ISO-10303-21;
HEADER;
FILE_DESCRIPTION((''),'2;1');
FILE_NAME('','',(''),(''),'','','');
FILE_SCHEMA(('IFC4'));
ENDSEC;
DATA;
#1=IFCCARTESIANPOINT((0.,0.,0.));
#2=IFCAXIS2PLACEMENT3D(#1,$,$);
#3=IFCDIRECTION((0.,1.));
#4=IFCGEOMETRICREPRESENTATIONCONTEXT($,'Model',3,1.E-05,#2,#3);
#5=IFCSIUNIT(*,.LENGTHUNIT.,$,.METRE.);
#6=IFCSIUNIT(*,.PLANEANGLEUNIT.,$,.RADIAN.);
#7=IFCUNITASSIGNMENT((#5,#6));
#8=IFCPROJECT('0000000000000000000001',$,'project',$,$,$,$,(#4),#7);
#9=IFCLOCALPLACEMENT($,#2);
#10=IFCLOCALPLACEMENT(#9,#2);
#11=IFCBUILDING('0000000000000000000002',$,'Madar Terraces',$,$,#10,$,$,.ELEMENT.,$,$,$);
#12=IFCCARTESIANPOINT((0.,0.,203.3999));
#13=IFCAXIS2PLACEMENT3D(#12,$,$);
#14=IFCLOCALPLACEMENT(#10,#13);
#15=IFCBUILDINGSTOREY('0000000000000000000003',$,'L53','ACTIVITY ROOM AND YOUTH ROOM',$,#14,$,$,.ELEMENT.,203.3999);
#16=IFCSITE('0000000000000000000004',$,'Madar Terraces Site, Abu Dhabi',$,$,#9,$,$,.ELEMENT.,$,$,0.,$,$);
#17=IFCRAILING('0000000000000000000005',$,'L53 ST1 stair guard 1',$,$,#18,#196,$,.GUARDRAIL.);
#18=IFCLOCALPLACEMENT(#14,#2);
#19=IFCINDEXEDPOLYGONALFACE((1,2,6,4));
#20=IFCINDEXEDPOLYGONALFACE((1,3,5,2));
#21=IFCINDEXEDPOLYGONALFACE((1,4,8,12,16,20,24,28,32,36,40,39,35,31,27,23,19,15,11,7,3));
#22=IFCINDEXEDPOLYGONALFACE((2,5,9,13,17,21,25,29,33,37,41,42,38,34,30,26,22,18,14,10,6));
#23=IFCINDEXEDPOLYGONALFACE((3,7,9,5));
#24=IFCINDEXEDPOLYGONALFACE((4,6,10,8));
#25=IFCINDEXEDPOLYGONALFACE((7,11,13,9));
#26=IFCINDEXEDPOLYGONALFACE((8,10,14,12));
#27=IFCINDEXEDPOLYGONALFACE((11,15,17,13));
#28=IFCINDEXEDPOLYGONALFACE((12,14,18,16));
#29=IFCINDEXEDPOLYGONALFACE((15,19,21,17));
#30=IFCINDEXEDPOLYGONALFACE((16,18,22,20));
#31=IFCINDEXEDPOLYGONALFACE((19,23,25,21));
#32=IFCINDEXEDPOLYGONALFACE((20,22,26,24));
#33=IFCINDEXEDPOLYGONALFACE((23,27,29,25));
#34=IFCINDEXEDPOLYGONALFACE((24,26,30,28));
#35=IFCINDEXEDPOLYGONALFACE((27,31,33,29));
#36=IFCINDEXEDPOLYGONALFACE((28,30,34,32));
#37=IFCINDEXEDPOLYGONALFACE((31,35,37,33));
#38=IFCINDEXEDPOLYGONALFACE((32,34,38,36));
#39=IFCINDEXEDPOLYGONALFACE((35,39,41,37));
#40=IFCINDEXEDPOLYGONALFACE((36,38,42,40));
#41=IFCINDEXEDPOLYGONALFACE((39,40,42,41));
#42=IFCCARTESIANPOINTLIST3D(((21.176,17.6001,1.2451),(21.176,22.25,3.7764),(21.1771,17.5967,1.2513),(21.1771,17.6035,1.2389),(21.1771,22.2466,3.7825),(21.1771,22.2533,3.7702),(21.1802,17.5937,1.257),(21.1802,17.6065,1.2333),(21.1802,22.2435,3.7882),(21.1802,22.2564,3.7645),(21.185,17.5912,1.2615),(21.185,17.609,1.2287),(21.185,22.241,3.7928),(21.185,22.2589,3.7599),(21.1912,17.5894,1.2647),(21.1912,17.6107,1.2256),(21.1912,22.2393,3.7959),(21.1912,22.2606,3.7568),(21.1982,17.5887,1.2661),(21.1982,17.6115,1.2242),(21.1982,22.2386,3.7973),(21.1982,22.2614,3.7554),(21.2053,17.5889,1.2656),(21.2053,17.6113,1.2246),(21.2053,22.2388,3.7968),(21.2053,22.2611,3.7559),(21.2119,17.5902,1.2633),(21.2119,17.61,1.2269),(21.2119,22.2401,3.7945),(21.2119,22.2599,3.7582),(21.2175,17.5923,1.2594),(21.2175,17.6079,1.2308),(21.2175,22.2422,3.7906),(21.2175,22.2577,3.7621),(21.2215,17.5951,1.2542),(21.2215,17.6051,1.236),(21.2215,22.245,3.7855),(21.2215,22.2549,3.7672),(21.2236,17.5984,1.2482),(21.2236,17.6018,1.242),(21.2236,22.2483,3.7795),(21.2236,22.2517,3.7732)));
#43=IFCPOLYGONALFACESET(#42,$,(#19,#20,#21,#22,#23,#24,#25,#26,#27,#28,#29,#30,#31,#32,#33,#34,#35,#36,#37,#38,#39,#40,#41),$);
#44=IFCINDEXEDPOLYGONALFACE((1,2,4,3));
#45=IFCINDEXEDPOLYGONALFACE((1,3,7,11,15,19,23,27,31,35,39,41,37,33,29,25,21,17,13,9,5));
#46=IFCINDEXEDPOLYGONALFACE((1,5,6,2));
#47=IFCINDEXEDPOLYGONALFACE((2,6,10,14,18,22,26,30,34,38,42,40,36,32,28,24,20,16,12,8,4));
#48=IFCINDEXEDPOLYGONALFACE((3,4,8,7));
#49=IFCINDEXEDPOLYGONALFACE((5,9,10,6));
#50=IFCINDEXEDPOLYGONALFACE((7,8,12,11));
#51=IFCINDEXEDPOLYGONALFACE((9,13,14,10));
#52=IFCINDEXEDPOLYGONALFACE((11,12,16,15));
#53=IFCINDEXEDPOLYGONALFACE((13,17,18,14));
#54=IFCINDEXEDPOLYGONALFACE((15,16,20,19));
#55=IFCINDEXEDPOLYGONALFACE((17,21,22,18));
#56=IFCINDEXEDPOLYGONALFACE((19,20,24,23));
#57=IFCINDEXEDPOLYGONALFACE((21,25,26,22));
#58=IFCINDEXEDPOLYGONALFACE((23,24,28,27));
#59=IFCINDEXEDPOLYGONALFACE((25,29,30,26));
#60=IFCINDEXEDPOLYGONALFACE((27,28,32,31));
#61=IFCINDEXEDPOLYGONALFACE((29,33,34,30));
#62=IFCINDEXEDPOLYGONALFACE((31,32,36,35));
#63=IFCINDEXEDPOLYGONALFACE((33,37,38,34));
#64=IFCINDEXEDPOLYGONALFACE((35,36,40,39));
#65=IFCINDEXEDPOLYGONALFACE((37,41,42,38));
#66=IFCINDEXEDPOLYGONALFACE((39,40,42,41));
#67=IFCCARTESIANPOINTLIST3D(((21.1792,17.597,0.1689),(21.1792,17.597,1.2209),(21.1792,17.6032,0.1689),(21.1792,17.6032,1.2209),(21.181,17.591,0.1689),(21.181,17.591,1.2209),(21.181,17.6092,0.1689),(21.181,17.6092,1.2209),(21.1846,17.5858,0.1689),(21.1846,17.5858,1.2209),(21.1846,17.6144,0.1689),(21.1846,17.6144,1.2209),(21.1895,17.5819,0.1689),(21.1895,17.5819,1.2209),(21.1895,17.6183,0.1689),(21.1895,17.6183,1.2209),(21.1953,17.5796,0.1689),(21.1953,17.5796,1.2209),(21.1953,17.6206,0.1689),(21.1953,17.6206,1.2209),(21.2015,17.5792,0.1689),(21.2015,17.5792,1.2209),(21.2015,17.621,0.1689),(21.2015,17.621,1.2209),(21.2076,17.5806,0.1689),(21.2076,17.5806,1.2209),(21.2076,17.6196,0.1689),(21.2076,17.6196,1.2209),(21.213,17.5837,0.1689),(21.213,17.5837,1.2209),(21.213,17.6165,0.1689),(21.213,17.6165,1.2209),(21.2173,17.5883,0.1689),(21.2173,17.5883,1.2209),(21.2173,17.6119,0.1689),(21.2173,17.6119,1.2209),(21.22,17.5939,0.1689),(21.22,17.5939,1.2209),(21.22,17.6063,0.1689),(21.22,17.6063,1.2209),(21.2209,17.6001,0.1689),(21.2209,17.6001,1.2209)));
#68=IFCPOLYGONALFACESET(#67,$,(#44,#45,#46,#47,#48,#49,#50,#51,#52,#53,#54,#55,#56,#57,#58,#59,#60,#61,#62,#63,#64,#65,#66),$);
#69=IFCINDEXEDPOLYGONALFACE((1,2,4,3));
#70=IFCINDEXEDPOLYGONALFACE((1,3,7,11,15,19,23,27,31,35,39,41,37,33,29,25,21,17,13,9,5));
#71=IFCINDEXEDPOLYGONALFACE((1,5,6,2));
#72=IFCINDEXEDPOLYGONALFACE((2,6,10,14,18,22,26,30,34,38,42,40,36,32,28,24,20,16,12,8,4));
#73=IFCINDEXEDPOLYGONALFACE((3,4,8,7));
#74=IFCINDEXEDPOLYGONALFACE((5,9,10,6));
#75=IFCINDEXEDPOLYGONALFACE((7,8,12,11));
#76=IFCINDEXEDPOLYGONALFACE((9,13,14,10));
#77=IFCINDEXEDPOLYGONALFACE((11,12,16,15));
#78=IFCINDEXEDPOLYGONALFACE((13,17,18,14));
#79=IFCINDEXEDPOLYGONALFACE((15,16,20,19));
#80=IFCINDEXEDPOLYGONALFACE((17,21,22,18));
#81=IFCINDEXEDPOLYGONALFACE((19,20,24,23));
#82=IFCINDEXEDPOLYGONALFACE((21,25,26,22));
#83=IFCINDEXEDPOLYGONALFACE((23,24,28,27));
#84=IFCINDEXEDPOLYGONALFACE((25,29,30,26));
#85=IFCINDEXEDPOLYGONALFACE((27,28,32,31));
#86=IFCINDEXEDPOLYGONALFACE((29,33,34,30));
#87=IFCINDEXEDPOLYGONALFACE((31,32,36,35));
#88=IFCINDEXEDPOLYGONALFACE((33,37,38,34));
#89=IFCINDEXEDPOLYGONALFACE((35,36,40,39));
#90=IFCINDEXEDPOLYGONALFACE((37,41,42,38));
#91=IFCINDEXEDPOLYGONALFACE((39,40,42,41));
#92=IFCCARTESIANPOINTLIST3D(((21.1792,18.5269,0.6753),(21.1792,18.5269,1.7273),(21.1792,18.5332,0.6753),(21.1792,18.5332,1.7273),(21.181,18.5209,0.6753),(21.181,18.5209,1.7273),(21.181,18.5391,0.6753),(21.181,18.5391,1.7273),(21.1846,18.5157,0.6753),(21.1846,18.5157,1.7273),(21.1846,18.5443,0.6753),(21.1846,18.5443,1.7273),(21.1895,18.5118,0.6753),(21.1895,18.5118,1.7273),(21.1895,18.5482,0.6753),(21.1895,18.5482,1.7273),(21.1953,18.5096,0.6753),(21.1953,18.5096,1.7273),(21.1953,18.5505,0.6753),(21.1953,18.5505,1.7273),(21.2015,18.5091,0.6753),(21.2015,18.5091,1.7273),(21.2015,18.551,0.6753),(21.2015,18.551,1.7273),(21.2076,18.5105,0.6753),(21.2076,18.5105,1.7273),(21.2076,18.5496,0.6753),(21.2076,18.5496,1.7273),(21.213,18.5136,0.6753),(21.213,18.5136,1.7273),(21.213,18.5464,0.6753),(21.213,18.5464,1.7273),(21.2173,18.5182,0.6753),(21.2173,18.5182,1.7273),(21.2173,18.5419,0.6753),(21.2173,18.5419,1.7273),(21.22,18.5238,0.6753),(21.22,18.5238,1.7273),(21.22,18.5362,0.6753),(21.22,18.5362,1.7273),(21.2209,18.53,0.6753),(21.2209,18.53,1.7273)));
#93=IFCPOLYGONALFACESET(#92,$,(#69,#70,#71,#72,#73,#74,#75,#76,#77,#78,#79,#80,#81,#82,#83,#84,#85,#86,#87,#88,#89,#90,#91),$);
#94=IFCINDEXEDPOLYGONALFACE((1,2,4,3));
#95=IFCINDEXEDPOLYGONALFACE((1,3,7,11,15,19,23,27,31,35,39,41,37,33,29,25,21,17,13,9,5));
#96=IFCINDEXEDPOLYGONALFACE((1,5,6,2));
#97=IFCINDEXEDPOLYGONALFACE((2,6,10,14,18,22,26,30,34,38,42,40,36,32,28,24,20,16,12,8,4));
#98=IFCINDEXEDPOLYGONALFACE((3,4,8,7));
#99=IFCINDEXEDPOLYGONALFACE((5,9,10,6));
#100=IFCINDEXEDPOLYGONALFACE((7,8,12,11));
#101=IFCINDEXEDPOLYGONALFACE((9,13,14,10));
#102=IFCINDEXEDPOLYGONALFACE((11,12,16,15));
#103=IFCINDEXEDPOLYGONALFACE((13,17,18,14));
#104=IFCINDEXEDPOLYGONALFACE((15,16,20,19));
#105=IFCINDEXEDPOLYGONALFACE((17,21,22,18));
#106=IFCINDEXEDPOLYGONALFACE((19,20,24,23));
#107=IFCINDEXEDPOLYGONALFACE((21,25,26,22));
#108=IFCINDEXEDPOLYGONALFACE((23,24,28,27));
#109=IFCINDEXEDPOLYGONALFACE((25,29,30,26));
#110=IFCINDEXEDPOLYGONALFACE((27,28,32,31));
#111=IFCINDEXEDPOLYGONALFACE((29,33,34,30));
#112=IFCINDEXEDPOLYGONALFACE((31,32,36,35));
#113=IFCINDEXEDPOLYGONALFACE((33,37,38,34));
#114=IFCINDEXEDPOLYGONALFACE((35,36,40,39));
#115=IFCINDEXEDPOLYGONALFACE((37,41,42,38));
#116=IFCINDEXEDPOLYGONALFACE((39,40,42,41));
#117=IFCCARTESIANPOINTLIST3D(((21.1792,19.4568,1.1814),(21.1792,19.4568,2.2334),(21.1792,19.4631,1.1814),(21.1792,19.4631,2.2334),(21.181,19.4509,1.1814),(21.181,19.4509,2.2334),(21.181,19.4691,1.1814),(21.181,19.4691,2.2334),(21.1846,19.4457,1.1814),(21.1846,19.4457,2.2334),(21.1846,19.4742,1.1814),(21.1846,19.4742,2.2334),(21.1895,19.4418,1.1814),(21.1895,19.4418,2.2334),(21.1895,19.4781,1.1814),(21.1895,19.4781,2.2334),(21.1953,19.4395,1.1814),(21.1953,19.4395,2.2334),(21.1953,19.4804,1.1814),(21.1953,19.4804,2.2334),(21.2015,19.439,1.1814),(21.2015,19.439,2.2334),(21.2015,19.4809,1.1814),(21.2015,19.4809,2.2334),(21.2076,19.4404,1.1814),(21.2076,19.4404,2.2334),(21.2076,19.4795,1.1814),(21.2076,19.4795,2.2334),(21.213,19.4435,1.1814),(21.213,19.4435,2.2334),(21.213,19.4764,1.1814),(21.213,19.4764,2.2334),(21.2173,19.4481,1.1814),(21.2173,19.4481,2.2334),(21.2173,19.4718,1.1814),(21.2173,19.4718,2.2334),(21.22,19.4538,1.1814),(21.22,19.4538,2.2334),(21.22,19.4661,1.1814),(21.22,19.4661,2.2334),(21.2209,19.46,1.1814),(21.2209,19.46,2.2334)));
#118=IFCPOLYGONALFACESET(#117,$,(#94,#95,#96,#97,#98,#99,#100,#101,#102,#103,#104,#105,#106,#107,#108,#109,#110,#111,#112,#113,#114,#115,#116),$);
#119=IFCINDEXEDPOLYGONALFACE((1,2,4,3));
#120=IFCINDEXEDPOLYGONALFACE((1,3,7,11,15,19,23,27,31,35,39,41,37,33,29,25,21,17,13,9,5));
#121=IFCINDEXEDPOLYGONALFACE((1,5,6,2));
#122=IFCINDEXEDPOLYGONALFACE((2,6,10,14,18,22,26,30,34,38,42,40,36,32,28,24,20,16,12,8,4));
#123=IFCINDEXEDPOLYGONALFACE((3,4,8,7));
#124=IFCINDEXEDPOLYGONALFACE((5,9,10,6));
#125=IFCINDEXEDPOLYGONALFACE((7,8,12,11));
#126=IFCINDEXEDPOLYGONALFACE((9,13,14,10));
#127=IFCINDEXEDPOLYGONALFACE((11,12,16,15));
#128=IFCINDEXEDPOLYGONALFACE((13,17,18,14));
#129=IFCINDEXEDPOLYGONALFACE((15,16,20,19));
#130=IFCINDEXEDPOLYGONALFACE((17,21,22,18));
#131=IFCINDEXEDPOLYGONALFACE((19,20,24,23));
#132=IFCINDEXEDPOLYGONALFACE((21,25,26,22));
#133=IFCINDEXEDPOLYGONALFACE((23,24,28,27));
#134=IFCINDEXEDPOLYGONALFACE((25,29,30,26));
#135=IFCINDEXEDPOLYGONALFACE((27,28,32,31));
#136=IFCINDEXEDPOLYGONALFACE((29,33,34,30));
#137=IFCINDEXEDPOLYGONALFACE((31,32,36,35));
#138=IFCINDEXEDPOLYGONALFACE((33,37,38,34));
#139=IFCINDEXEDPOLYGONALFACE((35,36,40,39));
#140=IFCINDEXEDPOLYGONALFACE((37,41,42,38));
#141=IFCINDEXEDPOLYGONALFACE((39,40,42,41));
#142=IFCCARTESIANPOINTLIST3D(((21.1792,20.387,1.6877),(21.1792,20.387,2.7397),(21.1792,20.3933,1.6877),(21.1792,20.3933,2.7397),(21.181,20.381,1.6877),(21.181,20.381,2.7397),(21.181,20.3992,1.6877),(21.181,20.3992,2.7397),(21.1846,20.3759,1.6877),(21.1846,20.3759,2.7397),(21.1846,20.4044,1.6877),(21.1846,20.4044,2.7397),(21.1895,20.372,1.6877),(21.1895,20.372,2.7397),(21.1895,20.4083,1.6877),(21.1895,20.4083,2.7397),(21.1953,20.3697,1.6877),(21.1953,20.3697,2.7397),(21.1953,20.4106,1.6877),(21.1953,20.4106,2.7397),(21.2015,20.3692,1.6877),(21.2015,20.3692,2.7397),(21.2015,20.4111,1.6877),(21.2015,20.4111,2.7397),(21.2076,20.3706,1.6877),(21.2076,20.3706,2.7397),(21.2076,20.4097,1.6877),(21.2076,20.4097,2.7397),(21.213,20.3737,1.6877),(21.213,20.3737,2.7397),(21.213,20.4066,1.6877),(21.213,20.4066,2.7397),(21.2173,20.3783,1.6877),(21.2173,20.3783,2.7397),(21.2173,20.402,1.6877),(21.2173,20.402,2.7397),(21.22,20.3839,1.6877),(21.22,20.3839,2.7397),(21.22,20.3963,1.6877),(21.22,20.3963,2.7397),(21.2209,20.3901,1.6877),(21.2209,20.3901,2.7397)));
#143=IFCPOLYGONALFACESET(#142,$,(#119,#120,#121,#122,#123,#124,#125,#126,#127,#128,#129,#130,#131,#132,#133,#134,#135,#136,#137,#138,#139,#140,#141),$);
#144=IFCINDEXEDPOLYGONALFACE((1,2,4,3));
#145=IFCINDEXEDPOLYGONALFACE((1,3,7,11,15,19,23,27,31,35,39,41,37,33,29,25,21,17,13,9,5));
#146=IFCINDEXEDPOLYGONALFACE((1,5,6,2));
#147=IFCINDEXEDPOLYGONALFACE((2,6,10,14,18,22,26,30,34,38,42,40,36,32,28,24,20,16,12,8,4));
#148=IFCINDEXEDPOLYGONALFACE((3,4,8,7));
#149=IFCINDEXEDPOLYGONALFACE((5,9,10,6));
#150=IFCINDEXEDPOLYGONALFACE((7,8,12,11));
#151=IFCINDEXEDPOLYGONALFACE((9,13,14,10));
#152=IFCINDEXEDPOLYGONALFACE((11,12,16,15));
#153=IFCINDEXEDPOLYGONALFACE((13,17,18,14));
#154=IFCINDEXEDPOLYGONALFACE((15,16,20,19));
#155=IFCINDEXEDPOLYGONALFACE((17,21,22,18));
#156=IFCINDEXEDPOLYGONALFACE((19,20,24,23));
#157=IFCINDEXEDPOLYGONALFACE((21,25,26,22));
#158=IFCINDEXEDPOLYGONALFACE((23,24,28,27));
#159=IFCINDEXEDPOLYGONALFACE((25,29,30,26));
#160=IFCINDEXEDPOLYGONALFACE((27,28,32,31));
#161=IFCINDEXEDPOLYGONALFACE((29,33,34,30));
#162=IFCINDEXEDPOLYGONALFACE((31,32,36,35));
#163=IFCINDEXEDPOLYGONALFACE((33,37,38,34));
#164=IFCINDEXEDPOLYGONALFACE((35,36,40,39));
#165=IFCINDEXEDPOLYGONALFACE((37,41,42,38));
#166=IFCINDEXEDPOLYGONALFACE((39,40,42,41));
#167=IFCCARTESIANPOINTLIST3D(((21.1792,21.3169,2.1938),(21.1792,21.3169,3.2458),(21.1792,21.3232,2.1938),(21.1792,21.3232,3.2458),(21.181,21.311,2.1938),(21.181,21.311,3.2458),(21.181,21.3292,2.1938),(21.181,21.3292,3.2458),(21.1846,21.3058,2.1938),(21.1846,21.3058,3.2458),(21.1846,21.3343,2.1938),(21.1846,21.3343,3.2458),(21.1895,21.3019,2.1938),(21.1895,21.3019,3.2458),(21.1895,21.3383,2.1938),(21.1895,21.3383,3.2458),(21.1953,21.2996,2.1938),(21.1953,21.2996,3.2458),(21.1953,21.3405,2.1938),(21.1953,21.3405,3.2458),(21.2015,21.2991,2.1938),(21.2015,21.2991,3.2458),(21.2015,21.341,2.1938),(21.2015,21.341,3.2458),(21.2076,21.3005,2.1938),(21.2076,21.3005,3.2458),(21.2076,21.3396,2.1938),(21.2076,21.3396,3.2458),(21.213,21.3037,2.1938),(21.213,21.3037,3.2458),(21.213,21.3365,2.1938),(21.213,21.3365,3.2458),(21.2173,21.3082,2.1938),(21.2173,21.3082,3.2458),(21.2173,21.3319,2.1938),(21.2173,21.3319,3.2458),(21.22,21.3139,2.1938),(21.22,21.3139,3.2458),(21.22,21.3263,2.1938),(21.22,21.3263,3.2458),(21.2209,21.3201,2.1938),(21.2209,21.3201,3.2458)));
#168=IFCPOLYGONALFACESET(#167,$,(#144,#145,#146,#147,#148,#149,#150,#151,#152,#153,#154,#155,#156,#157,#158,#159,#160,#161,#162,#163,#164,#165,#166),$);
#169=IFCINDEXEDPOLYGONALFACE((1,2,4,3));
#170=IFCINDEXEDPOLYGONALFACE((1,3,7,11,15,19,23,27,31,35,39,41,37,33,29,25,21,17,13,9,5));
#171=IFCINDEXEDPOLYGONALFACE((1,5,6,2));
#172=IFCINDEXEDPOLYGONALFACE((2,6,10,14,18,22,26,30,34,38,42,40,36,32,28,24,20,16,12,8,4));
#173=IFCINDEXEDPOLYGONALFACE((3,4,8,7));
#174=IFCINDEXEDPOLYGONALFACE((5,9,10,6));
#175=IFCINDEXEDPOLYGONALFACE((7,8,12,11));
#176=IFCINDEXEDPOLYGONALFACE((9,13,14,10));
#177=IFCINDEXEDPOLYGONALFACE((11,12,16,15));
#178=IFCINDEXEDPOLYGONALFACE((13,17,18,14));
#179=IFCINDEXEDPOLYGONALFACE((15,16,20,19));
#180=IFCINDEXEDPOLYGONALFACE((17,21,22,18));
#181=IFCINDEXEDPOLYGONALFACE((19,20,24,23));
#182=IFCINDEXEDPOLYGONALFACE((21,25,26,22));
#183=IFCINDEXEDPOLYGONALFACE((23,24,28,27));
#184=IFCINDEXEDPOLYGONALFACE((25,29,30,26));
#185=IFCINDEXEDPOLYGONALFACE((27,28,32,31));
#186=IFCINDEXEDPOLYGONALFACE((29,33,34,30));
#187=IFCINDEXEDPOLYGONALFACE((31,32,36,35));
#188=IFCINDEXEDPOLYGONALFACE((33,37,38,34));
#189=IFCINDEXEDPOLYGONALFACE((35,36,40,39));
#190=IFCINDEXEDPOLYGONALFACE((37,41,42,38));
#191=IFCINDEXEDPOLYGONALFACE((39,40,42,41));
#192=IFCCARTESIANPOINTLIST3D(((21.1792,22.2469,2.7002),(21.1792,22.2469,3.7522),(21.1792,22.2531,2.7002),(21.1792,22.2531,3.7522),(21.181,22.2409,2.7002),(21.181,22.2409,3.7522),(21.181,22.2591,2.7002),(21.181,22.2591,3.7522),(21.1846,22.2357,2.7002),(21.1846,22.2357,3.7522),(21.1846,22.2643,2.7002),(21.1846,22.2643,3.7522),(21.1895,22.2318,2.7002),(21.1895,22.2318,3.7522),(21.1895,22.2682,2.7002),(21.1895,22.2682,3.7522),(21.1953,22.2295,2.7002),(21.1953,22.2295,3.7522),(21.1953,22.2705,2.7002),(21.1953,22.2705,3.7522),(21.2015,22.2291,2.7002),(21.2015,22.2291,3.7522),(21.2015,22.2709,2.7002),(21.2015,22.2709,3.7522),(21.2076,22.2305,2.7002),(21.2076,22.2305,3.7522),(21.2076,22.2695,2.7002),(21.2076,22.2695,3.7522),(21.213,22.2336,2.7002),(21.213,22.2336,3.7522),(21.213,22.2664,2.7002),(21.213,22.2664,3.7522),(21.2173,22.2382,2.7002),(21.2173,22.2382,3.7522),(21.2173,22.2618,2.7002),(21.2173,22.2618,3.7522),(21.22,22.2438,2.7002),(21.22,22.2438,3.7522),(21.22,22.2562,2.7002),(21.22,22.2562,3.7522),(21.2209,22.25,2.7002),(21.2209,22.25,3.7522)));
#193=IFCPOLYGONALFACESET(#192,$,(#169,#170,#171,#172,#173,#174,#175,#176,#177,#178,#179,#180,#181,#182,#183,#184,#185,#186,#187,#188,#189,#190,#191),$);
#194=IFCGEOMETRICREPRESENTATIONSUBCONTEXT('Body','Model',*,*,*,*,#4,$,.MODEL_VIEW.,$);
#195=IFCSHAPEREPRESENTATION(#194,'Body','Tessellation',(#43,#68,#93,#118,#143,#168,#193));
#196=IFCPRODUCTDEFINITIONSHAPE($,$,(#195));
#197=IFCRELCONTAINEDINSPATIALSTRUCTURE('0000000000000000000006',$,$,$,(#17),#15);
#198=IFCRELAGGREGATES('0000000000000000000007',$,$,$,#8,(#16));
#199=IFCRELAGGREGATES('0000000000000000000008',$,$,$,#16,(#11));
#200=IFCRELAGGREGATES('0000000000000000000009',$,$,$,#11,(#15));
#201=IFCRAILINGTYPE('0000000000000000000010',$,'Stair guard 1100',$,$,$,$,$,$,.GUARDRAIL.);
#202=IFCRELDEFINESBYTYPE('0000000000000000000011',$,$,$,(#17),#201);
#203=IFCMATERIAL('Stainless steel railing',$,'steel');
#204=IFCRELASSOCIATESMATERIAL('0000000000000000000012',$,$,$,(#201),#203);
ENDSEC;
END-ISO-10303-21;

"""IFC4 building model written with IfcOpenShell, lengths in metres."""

from ifc_helpers import new_model, si_unit, direction, frame, origin, origin_2d, place, context, subcontext, project, spatial, circle, extrude, material, type_object, element, save


model = new_model("IFC4")

# Units and contexts
model_context = context("Model", 3, precision=1e-05, world=origin(), true_north=direction((0.0, 1.0)))
body_context = subcontext(model_context, "Body", "Model", "MODEL_VIEW")
ifc_project = project(units=[si_unit("LENGTHUNIT", "METRE"), si_unit("PLANEANGLEUNIT", "RADIAN")], contexts=[model_context])

# Site, building, storey
site_placement = place(None, origin())
site = spatial("IfcSite", under=ifc_project, at=site_placement, Name="Madar Terraces Site, Abu Dhabi", CompositionType="ELEMENT", RefElevation=0.0)
building_placement = place(site_placement, origin())
building = spatial("IfcBuilding", under=site, at=building_placement, Name="Madar Terraces", CompositionType="ELEMENT")
storey_placement = place(building_placement, frame((0.0, 0.0, 203.3999)))
storey = spatial("IfcBuildingStorey", under=building, at=storey_placement, Name="L53", Description="ACTIVITY ROOM AND YOUTH ROOM", CompositionType="ELEMENT", Elevation=203.3999)

# Railing
ifc_material_1 = material(Name="Stainless steel railing", Category="steel")
railing_type_1 = type_object("IfcRailingType", Name="Stair guard 1100", PredefinedType="GUARDRAIL", material=ifc_material_1)
railing_1_placement = place(storey_placement, frame((21.2, 17.6001, 0.1689)))
element("IfcRailing", 1, at=railing_1_placement, inside=storey, type_object=railing_type_1, Name="L53 ST1 stair guard 1", PredefinedType="GUARDRAIL", context=body_context, shape_type="SweptSolid", body=[
    extrude(circle(Radius=0.0239, at=origin_2d()), frame((0.0, 0.0, 1.0762), z_axis=(0.0, 0.878297, 0.478115), x_axis=(-1.0, 0.0, 0.0)), (0.0, 0.0, 1.0), 5.2942),
    extrude(circle(Radius=0.021, at=origin_2d()), origin(), (0.0, 0.0, 1.0), 1.052),
    extrude(circle(Radius=0.021, at=origin_2d()), frame((0.0, 0.9299, 0.5063)), (0.0, 0.0, 1.0), 1.052),
    extrude(circle(Radius=0.021, at=origin_2d()), frame((0.0, 1.8599, 1.0125)), (0.0, 0.0, 1.0), 1.052),
    extrude(circle(Radius=0.021, at=origin_2d()), frame((0.0, 2.79, 1.5188)), (0.0, 0.0, 1.0), 1.052),
    extrude(circle(Radius=0.021, at=origin_2d()), frame((0.0, 3.72, 2.0249)), (0.0, 0.0, 1.0), 1.052),
    extrude(circle(Radius=0.021, at=origin_2d()), frame((0.0, 4.6499, 2.5312)), (0.0, 0.0, 1.0), 1.052),
])

save(model, "model.ifc")
